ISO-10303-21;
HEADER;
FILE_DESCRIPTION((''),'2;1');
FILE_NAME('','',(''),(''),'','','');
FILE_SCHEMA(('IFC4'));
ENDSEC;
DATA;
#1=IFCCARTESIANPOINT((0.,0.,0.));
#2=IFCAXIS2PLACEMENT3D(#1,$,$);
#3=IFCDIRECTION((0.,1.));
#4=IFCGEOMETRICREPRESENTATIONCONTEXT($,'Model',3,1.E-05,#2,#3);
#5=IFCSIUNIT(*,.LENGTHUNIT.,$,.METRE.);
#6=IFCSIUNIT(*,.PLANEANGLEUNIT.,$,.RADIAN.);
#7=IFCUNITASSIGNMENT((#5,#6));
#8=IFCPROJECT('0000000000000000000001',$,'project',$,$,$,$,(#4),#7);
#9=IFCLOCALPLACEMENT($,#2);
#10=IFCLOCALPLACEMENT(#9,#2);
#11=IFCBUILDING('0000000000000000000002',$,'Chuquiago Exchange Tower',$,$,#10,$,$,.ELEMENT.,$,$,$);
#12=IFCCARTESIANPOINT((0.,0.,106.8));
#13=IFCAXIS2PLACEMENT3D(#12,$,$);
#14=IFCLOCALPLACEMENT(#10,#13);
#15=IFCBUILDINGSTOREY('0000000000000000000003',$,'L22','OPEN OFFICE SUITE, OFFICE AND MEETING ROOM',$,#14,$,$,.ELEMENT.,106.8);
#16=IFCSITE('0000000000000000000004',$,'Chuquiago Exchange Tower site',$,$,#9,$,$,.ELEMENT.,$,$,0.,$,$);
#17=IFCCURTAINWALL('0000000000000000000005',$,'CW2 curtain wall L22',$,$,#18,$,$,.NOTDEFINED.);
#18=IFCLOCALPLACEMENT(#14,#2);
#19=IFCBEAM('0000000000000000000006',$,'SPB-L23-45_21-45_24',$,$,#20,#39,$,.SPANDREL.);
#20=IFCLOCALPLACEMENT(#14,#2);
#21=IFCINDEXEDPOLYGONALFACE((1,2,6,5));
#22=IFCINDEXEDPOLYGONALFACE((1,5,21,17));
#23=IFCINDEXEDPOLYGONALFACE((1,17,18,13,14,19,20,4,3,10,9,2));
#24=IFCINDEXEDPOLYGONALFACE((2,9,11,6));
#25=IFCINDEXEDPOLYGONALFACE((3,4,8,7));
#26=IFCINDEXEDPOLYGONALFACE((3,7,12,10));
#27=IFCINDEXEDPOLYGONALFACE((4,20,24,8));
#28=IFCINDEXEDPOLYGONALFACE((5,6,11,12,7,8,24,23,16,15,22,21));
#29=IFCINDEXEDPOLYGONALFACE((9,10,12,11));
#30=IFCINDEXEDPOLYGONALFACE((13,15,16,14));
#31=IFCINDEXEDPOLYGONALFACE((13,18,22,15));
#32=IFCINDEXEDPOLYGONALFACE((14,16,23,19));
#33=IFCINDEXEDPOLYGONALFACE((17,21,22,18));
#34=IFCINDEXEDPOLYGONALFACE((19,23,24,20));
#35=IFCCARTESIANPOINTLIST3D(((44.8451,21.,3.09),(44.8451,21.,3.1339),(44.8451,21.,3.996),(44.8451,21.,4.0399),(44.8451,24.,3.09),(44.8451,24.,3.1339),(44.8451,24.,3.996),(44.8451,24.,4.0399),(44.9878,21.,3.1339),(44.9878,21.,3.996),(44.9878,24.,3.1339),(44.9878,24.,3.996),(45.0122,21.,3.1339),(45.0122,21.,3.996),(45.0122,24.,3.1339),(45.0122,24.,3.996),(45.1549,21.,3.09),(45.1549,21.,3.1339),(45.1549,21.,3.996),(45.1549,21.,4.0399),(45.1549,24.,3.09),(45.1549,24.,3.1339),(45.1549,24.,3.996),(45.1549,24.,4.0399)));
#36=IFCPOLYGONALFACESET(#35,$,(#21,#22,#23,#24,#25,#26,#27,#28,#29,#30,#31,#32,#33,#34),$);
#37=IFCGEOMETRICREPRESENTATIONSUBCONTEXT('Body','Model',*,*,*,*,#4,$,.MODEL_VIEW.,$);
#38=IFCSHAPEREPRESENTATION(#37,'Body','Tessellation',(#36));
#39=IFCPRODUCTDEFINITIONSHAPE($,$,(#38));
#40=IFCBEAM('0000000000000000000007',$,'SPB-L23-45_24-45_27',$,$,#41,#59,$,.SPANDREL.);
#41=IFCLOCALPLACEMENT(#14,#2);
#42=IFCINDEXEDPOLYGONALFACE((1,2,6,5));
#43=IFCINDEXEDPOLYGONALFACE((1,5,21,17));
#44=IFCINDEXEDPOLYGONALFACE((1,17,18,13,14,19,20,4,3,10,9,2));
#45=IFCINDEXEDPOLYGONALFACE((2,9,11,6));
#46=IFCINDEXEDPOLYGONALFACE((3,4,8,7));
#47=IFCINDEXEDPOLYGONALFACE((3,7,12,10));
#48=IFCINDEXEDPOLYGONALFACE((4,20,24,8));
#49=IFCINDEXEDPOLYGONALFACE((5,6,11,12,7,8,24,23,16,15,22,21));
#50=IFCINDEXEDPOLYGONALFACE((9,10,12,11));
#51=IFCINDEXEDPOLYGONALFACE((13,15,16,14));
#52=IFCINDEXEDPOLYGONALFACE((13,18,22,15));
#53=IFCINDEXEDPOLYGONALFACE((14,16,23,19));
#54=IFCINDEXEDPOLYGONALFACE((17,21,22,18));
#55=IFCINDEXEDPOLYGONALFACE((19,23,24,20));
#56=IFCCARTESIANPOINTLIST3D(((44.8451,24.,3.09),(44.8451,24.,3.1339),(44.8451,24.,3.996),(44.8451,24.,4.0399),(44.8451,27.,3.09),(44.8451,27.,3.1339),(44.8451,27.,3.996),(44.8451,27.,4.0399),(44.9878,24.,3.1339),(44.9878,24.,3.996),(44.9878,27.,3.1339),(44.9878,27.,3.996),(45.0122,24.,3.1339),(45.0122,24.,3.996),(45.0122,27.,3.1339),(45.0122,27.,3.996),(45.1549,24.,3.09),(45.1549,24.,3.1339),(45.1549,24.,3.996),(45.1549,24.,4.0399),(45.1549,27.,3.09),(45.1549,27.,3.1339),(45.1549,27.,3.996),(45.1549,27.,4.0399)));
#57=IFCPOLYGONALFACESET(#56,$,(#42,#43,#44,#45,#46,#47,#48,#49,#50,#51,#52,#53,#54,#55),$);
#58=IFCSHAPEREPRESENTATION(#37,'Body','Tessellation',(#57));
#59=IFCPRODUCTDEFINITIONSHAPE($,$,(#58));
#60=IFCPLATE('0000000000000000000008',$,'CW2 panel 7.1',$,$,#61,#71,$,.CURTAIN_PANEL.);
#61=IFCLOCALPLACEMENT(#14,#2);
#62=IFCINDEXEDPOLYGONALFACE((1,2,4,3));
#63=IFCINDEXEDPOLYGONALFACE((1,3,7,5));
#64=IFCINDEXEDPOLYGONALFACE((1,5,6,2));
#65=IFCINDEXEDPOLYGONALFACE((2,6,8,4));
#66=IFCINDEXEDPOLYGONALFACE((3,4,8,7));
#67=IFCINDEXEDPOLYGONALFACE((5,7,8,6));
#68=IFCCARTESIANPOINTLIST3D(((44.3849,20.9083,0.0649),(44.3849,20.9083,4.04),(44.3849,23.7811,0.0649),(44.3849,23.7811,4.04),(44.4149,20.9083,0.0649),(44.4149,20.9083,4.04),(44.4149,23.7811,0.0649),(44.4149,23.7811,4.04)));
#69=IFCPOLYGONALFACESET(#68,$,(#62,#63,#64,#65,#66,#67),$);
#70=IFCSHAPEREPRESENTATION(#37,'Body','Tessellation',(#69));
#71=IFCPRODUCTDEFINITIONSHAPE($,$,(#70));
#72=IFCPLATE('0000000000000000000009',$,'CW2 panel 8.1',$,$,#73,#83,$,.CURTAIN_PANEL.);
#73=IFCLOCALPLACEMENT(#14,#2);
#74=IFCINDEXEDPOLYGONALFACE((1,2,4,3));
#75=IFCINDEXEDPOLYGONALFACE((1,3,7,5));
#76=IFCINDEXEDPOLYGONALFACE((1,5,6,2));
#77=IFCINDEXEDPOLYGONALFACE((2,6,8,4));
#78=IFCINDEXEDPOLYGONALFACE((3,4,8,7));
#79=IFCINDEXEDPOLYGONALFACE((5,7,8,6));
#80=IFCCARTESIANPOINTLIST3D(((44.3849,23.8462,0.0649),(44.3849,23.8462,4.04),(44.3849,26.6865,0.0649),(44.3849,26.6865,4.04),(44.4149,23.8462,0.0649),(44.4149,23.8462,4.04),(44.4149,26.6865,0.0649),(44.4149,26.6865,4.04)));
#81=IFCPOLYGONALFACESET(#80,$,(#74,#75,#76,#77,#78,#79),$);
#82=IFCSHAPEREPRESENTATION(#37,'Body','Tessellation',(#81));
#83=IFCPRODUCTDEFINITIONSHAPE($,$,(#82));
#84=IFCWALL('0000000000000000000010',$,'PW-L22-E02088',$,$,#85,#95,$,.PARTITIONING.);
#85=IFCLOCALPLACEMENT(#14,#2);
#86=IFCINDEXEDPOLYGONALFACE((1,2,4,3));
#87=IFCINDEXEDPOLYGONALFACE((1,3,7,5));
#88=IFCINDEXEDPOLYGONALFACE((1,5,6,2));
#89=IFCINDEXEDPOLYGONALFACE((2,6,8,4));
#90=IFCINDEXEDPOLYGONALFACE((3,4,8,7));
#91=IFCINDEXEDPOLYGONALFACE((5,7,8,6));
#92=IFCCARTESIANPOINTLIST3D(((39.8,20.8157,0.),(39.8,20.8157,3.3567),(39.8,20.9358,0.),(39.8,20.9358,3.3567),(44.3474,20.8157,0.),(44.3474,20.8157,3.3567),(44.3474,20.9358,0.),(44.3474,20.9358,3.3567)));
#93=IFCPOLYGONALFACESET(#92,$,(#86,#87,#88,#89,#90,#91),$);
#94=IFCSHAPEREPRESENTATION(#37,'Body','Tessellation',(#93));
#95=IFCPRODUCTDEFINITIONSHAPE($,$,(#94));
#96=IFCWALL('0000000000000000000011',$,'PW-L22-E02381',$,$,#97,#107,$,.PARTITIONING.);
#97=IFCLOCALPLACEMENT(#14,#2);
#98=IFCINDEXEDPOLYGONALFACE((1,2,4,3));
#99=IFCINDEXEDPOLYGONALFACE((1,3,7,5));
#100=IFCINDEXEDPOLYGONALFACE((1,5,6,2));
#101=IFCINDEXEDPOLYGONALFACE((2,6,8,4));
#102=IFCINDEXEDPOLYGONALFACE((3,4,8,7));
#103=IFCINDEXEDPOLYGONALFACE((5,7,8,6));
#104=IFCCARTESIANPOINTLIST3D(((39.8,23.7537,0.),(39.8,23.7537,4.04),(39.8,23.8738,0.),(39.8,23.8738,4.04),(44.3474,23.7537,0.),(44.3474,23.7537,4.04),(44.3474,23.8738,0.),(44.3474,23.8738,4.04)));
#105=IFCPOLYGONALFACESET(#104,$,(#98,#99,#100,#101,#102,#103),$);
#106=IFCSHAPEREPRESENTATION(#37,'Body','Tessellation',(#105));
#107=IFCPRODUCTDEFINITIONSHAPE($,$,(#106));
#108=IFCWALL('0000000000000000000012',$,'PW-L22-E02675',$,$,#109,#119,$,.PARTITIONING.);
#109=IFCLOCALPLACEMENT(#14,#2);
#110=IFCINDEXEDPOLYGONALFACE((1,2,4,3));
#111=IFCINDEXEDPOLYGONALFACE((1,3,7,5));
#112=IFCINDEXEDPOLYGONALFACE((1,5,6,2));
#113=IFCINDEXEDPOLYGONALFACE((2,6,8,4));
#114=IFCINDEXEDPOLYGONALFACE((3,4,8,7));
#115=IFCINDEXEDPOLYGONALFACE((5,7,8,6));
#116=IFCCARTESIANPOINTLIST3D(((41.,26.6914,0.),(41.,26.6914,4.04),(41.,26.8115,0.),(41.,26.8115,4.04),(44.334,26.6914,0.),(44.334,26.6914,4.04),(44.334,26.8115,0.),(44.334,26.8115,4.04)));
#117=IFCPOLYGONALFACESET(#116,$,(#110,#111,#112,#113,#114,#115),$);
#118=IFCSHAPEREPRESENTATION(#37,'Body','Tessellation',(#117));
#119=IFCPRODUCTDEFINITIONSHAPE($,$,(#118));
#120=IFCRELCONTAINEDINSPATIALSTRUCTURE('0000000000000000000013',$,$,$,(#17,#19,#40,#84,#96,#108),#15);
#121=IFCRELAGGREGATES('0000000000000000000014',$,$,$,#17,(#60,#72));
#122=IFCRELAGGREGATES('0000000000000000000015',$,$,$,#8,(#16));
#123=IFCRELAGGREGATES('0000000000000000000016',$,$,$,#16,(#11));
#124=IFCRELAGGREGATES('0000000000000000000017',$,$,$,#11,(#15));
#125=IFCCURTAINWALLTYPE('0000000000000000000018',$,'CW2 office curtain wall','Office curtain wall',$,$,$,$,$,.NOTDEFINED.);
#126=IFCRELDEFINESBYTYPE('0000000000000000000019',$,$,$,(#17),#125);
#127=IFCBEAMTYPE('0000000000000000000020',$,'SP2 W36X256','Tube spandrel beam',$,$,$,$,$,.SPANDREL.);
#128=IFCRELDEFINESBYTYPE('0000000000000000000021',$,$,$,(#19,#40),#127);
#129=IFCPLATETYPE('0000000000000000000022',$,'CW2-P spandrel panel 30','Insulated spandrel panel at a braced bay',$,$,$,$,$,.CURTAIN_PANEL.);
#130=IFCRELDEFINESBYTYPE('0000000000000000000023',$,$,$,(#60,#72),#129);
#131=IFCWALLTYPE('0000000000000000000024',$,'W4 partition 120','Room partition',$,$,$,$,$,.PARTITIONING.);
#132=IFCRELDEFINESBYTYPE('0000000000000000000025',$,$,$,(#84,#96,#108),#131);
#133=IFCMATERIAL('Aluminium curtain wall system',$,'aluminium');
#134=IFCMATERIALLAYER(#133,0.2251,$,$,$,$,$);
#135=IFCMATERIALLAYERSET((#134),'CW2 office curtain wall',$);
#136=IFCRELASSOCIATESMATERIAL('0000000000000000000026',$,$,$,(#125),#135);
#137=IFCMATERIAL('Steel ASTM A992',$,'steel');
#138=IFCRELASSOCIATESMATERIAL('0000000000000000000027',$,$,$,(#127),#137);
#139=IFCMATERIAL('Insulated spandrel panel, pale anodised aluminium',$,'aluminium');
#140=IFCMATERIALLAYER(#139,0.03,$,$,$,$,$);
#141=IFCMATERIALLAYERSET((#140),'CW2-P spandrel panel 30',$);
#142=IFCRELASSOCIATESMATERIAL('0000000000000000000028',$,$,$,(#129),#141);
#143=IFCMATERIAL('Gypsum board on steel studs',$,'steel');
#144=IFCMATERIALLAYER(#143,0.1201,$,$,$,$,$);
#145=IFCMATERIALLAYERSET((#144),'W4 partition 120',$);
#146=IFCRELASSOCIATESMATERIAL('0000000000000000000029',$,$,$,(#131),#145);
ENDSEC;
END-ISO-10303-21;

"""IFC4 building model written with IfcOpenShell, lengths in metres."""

from ifc_helpers import new_model, si_unit, direction, frame, frame_2d, origin, origin_2d, place, context, subcontext, project, spatial, rectangle, i_section, extrude, material, layer, layer_set, material_profile, profile_set, type_object, element, aggregate, save


model = new_model("IFC4")

# Units and contexts
model_context = context("Model", 3, precision=1e-05, world=origin(), true_north=direction((0.0, 1.0)))
body_context = subcontext(model_context, "Body", "Model", "MODEL_VIEW")
ifc_project = project(units=[si_unit("LENGTHUNIT", "METRE"), si_unit("PLANEANGLEUNIT", "RADIAN")], contexts=[model_context])

# Site, building, storey
site_placement = place(None, origin())
site = spatial("IfcSite", under=ifc_project, at=site_placement, Name="Chuquiago Exchange Tower site", CompositionType="ELEMENT", RefElevation=0.0)
building_placement = place(site_placement, origin())
building = spatial("IfcBuilding", under=site, at=building_placement, Name="Chuquiago Exchange Tower", CompositionType="ELEMENT")
storey_placement = place(building_placement, frame((0.0, 0.0, 106.8)))
storey = spatial("IfcBuildingStorey", under=building, at=storey_placement, Name="L22", Description="OPEN OFFICE SUITE, OFFICE AND MEETING ROOM", CompositionType="ELEMENT", Elevation=106.8)

# Curtain wall
ifc_material_1 = material(Name="Aluminium curtain wall system", Category="aluminium")
ifc_layer_1 = layer(ifc_material_1, 0.2251)
ifc_layer_set_1 = layer_set([ifc_layer_1], Name="CW2 office curtain wall")
curtain_wall_type_1 = type_object("IfcCurtainWallType", Name="CW2 office curtain wall", Description="Office curtain wall", PredefinedType="NOTDEFINED", material=ifc_layer_set_1)
curtain_wall_1_placement = place(storey_placement, origin())
curtain_wall_1 = element("IfcCurtainWall", 1, at=curtain_wall_1_placement, inside=storey, type_object=curtain_wall_type_1, Name="CW2 curtain wall L22", PredefinedType="NOTDEFINED")

# Beams
ifc_material_2 = material(Name="Steel ASTM A992", Category="steel")
ifc_material_profile_1 = material_profile(ifc_material_2, i_section(OverallWidth=0.3098, OverallDepth=0.95, WebThickness=0.0244, FlangeThickness=0.0439, at=origin_2d()), Name="W36X256")
ifc_profile_set_1 = profile_set([ifc_material_profile_1], Name="Steel ASTM A992")
beam_type = type_object("IfcBeamType", Name="SP2 W36X256", Description="Tube spandrel beam", PredefinedType="SPANDREL", material=ifc_profile_set_1)
for number, where, z_axis, x_axis, name in (
    (2, (45.0, 21.0, 3.5649), (0.0, 1.0, 0.0), (-1.0, 0.0, 0.0), "SPB-L23-45_21-45_24"),
    (3, (45.0, 24.0, 3.5649), (0.0, 1.0, 0.0), (-1.0, 0.0, 0.0), "SPB-L23-45_24-45_27"),
):
    element("IfcBeam", number, at=place(storey_placement, frame(where, z_axis=z_axis, x_axis=x_axis)), inside=storey, type_object=beam_type, Name=name, PredefinedType="SPANDREL", context=body_context, shape_type="SweptSolid", body=[
        extrude(i_section(OverallWidth=0.3098, OverallDepth=0.95, WebThickness=0.0244, FlangeThickness=0.0439, at=origin_2d()), origin(), (0.0, 0.0, 1.0), 3.0),
    ])

# Plates
ifc_material_3 = material(Name="Insulated spandrel panel, pale anodised aluminium", Category="aluminium")
ifc_layer_2 = layer(ifc_material_3, 0.03)
ifc_layer_set_2 = layer_set([ifc_layer_2], Name="CW2-P spandrel panel 30")
plate_type = type_object("IfcPlateType", Name="CW2-P spandrel panel 30", Description="Insulated spandrel panel at a braced bay", PredefinedType="CURTAIN_PANEL", material=ifc_layer_set_2)
plate_1_placement = place(storey_placement, frame((44.3999, 22.3447, 0.0649), z_axis=(0.0, 0.0, 1.0), x_axis=(0.0, 1.0, 0.0)))
plate_1 = element("IfcPlate", 4, at=plate_1_placement, type_object=plate_type, Name="CW2 panel 7.1", PredefinedType="CURTAIN_PANEL", context=body_context, shape_type="SweptSolid", body=[
    extrude(rectangle(XDim=2.8728, YDim=0.03, at=origin_2d()), origin(), (0.0, 0.0, 1.0), 3.9751),
])
plate_2_placement = place(storey_placement, frame((44.3999, 25.2664, 0.0649), z_axis=(0.0, 0.0, 1.0), x_axis=(0.0, 1.0, 0.0)))
plate_2 = element("IfcPlate", 5, at=plate_2_placement, type_object=plate_type, Name="CW2 panel 8.1", PredefinedType="CURTAIN_PANEL", context=body_context, shape_type="SweptSolid", body=[
    extrude(rectangle(XDim=2.8403, YDim=0.03, at=origin_2d()), origin(), (0.0, 0.0, 1.0), 3.9751),
])
aggregate(curtain_wall_1, [plate_1, plate_2])

# Walls
ifc_material_4 = material(Name="Gypsum board on steel studs", Category="steel")
ifc_layer_3 = layer(ifc_material_4, 0.1201)
ifc_layer_set_3 = layer_set([ifc_layer_3], Name="W4 partition 120")
wall_type = type_object("IfcWallType", Name="W4 partition 120", Description="Room partition", PredefinedType="PARTITIONING", material=ifc_layer_set_3)
wall_1_placement = place(storey_placement, frame((44.3474, 20.8757, 0.0), z_axis=(0.0, 0.0, 1.0), x_axis=(-1.0, 0.0, 0.0)))
element("IfcWall", 6, at=wall_1_placement, inside=storey, type_object=wall_type, Name="PW-L22-E02088", PredefinedType="PARTITIONING", context=body_context, shape_type="SweptSolid", body=[
    extrude(rectangle(XDim=4.5474, YDim=0.1201, at=frame_2d((2.2737, 0.0))), origin(), (0.0, 0.0, 1.0), 3.3567),
])
wall_2_placement = place(storey_placement, frame((44.3474, 23.8137, 0.0), z_axis=(0.0, 0.0, 1.0), x_axis=(-1.0, 0.0, 0.0)))
element("IfcWall", 7, at=wall_2_placement, inside=storey, type_object=wall_type, Name="PW-L22-E02381", PredefinedType="PARTITIONING", context=body_context, shape_type="SweptSolid", body=[
    extrude(rectangle(XDim=4.5474, YDim=0.1201, at=frame_2d((2.2737, 0.0))), origin(), (0.0, 0.0, 1.0), 4.04),
])
wall_3_placement = place(storey_placement, frame((44.334, 26.7515, 0.0), z_axis=(0.0, 0.0, 1.0), x_axis=(-1.0, 0.0, 0.0)))
element("IfcWall", 8, at=wall_3_placement, inside=storey, type_object=wall_type, Name="PW-L22-E02675", PredefinedType="PARTITIONING", context=body_context, shape_type="SweptSolid", body=[
    extrude(rectangle(XDim=3.334, YDim=0.1201, at=frame_2d((1.667, 0.0))), origin(), (0.0, 0.0, 1.0), 4.04),
])

save(model, "model.ifc")
